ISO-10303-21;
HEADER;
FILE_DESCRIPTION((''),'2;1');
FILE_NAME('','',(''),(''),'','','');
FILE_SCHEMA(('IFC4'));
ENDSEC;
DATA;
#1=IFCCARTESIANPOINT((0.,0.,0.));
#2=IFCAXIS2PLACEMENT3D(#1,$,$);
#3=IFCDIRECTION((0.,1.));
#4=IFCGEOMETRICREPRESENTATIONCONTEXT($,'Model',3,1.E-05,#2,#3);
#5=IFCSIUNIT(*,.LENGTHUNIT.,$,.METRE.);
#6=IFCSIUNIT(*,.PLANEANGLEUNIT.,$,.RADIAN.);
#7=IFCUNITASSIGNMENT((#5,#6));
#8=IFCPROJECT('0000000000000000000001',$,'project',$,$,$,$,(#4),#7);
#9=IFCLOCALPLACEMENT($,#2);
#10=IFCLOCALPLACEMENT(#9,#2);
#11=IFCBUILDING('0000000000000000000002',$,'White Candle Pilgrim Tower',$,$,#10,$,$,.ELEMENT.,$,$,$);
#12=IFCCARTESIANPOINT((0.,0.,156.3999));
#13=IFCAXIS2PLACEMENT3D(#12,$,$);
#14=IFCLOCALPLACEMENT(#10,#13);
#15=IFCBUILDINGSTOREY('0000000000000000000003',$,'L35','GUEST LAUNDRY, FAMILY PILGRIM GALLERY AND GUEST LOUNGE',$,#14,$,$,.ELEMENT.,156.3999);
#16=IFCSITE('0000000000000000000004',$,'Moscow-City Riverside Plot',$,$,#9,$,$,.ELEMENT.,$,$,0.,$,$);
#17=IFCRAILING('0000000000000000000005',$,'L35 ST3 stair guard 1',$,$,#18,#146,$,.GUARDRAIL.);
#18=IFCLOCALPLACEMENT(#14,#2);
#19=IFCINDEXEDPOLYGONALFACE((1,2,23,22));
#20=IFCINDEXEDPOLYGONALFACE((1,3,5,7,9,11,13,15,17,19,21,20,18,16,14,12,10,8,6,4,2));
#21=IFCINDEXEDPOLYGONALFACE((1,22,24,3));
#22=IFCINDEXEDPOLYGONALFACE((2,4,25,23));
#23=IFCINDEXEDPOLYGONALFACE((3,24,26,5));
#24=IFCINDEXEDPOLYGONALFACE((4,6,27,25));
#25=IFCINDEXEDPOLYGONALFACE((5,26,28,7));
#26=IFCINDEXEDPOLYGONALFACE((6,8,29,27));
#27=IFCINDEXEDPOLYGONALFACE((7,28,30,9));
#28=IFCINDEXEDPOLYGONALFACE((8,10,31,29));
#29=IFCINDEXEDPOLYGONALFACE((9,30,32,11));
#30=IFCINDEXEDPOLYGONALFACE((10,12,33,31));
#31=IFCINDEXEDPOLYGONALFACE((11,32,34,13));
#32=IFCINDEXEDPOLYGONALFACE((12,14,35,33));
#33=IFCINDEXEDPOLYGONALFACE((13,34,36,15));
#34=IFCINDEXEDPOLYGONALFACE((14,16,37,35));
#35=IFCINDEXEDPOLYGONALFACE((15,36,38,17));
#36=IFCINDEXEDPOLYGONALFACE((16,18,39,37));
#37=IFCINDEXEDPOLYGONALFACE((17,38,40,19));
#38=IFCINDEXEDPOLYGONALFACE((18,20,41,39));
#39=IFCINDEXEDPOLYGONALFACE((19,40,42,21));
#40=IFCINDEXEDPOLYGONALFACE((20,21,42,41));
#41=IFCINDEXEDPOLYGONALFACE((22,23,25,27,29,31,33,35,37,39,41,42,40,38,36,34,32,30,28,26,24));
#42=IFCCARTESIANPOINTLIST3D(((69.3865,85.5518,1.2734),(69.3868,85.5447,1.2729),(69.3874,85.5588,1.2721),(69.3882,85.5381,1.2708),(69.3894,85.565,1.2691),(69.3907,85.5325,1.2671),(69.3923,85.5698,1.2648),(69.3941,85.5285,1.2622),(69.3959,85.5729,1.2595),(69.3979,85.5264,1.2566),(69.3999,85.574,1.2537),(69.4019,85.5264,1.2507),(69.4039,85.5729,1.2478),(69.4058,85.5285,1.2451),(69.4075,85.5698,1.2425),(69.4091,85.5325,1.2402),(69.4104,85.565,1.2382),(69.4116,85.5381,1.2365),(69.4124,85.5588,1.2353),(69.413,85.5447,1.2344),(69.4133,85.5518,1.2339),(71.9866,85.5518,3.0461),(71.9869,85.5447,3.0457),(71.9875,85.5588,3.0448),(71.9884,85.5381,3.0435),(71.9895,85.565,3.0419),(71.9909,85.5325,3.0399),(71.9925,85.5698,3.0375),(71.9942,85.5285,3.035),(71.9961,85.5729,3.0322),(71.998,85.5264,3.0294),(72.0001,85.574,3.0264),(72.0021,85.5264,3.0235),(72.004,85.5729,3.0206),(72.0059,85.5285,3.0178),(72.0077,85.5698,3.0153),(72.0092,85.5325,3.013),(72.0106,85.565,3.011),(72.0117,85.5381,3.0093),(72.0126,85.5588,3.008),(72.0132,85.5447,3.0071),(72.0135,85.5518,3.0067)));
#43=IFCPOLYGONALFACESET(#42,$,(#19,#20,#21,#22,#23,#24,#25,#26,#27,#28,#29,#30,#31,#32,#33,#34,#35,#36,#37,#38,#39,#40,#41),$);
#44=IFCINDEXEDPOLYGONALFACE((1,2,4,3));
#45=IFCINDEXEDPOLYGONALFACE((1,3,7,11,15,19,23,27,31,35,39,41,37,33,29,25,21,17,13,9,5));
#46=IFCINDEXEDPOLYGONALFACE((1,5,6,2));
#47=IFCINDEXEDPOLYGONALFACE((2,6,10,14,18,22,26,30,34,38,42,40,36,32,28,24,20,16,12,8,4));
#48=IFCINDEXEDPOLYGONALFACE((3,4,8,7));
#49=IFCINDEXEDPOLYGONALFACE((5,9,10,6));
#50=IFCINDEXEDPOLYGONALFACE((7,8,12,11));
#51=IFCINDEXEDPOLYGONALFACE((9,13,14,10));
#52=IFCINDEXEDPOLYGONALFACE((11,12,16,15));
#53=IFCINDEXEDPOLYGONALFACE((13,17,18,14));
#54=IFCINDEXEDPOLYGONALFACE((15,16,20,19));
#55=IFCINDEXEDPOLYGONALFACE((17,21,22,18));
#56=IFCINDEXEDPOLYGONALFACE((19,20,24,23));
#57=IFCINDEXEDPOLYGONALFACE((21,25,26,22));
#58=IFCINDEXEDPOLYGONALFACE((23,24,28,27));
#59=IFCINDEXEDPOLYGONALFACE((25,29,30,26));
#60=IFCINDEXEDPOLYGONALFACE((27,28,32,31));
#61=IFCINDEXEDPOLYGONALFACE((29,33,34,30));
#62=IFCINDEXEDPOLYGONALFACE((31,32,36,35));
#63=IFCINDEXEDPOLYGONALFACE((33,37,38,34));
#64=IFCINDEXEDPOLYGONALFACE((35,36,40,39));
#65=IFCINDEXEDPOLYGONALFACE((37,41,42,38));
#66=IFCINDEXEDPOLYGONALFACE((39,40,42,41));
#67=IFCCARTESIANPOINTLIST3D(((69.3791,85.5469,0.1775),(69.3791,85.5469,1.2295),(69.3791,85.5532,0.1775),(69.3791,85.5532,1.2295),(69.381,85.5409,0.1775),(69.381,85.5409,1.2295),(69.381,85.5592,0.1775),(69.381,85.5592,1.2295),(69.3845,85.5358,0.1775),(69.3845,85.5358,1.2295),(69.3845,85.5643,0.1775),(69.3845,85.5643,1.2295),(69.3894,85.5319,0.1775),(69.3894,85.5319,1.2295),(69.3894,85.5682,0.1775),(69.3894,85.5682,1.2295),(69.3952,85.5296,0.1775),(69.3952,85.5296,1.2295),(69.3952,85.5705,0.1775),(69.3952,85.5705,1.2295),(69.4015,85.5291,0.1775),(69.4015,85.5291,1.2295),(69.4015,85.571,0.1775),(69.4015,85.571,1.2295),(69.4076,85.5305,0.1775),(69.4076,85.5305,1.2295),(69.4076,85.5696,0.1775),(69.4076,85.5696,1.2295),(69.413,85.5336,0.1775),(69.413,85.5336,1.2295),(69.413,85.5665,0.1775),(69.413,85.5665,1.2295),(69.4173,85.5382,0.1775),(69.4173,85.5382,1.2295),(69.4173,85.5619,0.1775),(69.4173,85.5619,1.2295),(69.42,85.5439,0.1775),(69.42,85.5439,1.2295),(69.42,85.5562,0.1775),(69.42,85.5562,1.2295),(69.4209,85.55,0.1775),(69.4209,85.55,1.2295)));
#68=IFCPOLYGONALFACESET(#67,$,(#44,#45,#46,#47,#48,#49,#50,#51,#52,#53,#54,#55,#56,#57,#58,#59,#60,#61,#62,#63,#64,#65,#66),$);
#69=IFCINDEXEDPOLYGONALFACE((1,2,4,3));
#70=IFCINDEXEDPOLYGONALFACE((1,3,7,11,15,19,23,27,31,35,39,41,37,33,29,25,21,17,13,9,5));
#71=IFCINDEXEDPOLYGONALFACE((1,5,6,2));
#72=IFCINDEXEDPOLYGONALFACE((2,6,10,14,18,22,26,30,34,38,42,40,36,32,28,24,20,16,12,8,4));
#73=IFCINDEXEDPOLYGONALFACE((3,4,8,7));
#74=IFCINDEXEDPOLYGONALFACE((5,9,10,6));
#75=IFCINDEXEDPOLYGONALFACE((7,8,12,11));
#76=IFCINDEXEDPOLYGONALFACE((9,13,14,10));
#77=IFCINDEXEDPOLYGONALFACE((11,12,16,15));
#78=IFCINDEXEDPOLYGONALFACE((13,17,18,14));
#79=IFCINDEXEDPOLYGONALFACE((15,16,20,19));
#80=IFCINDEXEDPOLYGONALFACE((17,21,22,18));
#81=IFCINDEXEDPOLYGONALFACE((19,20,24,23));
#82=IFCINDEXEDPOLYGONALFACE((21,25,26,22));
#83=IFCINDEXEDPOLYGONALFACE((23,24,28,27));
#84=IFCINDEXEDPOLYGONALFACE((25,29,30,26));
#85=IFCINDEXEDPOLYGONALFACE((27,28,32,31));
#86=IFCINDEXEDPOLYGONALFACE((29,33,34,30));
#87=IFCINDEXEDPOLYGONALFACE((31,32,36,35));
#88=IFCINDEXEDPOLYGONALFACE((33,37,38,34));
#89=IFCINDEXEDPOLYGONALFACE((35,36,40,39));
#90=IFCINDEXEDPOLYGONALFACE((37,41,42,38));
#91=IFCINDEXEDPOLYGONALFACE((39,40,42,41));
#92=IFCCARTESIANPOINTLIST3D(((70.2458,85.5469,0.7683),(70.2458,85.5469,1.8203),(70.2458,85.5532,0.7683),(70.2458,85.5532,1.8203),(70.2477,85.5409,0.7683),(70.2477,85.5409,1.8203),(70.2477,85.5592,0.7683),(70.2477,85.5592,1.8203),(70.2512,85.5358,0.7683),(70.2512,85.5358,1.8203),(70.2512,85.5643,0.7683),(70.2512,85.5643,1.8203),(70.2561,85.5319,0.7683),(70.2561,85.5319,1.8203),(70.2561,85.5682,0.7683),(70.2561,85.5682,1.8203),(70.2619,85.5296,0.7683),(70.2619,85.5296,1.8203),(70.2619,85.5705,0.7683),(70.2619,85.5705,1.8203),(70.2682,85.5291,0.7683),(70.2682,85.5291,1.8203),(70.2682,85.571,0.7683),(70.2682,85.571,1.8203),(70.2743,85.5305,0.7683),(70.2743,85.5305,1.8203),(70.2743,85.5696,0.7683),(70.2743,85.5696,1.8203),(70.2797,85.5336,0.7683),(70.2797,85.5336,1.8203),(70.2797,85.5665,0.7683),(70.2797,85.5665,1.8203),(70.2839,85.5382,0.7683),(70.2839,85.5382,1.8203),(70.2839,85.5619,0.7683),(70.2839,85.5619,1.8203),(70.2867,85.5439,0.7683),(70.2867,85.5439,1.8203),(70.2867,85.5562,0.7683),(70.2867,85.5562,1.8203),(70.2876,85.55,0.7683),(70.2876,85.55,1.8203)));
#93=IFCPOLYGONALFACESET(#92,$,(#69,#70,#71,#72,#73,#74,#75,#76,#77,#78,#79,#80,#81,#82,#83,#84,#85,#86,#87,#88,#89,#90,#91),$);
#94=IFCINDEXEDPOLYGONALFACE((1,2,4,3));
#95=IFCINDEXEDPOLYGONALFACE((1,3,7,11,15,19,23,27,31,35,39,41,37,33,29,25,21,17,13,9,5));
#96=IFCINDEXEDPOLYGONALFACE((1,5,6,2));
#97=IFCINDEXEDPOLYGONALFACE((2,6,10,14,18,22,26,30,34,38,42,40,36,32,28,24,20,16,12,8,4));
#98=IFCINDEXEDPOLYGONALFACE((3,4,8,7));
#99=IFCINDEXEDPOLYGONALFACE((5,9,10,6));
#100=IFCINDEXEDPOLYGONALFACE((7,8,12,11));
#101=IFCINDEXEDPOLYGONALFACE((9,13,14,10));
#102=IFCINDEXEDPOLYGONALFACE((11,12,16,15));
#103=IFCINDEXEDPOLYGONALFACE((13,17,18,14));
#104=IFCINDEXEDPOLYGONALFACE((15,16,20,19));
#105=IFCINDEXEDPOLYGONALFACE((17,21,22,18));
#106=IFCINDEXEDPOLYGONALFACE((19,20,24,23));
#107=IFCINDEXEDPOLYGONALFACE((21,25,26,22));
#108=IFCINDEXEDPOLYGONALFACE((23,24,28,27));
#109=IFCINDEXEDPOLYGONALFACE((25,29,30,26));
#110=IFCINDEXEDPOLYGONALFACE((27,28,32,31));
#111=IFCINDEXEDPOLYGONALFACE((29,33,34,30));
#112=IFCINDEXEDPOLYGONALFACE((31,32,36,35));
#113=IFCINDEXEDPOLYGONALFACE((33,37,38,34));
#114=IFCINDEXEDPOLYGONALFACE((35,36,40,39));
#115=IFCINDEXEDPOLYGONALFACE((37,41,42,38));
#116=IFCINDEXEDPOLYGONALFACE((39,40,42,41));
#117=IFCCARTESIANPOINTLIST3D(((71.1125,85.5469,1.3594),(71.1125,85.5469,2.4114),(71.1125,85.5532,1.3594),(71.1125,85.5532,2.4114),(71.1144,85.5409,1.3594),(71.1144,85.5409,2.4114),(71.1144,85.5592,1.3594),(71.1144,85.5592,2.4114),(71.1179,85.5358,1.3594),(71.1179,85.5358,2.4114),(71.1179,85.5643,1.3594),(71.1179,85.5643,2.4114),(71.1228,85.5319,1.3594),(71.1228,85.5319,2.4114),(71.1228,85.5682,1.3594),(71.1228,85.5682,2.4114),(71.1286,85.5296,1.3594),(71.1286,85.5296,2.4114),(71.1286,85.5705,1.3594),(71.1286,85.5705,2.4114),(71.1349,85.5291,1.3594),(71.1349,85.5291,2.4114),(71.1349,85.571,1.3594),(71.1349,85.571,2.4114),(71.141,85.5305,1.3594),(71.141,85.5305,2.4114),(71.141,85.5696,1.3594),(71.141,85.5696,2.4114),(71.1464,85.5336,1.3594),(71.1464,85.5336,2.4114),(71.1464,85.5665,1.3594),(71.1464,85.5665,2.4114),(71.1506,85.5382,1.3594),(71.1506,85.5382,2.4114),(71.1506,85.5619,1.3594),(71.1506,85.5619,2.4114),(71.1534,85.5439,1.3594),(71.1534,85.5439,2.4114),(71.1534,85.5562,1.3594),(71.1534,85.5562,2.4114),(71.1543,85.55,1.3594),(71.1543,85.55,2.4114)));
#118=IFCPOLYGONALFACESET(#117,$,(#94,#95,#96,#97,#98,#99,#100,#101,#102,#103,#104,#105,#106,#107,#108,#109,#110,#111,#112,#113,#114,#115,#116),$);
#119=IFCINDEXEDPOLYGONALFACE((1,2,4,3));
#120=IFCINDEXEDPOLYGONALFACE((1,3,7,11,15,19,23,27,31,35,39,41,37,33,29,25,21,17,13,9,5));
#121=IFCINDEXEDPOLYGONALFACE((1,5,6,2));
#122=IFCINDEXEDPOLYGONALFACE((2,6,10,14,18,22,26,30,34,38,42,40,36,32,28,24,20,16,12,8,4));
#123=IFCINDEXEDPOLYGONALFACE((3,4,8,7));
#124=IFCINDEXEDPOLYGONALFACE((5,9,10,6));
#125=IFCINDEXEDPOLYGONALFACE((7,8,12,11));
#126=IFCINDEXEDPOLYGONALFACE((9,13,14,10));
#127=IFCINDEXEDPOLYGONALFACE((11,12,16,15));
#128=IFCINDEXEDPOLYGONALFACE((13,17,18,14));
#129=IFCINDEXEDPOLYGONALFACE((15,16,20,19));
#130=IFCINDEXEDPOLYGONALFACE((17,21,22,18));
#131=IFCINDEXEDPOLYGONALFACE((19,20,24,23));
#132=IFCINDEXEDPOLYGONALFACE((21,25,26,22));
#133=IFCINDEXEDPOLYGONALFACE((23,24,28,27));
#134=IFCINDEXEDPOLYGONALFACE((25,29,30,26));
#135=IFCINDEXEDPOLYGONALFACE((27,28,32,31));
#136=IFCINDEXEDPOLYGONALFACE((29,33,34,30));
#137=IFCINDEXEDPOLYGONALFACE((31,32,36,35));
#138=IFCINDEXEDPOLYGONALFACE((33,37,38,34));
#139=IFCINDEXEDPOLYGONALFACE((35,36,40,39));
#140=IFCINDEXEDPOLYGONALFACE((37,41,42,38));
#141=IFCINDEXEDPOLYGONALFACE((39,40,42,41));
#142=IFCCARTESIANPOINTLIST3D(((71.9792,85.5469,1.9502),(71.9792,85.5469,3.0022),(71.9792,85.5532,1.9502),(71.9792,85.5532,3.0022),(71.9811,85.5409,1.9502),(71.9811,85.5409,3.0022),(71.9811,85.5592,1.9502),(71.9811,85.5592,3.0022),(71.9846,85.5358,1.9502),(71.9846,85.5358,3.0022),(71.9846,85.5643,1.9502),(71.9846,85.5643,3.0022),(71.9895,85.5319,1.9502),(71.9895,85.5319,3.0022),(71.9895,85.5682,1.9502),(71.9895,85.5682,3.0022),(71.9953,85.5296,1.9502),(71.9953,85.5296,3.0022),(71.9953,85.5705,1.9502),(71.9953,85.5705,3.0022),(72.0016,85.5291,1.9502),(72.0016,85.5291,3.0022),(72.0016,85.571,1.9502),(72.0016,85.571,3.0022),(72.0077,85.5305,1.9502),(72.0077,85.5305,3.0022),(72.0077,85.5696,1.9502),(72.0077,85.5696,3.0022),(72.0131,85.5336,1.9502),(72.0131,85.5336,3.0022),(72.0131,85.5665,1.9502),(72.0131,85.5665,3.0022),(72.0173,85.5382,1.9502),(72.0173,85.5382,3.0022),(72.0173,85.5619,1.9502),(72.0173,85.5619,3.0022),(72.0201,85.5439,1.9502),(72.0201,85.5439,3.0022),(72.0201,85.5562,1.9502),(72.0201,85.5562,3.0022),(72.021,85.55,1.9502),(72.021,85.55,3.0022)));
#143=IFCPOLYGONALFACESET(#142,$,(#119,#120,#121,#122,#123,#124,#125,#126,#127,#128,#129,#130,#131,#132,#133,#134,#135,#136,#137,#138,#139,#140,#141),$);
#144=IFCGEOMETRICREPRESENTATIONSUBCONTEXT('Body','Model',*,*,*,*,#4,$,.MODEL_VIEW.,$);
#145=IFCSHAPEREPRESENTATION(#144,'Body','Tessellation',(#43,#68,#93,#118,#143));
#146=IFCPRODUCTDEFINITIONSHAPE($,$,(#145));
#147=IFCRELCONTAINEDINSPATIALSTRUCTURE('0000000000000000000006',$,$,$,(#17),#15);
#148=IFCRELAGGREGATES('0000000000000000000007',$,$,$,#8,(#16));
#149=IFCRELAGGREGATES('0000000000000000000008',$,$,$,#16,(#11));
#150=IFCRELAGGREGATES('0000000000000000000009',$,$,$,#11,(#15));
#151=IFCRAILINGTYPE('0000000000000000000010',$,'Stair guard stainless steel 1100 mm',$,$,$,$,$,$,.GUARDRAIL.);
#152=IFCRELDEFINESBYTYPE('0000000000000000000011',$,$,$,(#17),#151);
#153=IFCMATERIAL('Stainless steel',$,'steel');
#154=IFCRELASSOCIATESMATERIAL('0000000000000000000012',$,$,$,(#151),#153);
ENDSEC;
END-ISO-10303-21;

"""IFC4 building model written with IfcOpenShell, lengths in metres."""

from ifc_helpers import new_model, si_unit, direction, frame, origin, origin_2d, place, context, subcontext, project, spatial, circle, extrude, material, type_object, element, save


model = new_model("IFC4")

# Units and contexts
model_context = context("Model", 3, precision=1e-05, world=origin(), true_north=direction((0.0, 1.0)))
body_context = subcontext(model_context, "Body", "Model", "MODEL_VIEW")
ifc_project = project(units=[si_unit("LENGTHUNIT", "METRE"), si_unit("PLANEANGLEUNIT", "RADIAN")], contexts=[model_context])

# Site, building, storey
site_placement = place(None, origin())
site = spatial("IfcSite", under=ifc_project, at=site_placement, Name="Moscow-City Riverside Plot", CompositionType="ELEMENT", RefElevation=0.0)
building_placement = place(site_placement, origin())
building = spatial("IfcBuilding", under=site, at=building_placement, Name="White Candle Pilgrim Tower", CompositionType="ELEMENT")
storey_placement = place(building_placement, frame((0.0, 0.0, 156.3999)))
storey = spatial("IfcBuildingStorey", under=building, at=storey_placement, Name="L35", Description="GUEST LAUNDRY, FAMILY PILGRIM GALLERY AND GUEST LOUNGE", CompositionType="ELEMENT", Elevation=156.3999)

# Shared definitions
ifc_material_1 = material(Name="Stainless steel", Category="steel")

# Railing
railing_type_1 = type_object("IfcRailingType", Name="Stair guard stainless steel 1100 mm", PredefinedType="GUARDRAIL", material=ifc_material_1)
railing_1_placement = place(storey_placement, frame((69.3999, 85.55, 0.1775)))
element("IfcRailing", 1, at=railing_1_placement, inside=storey, type_object=railing_type_1, Name="L35 ST3 stair guard 1", PredefinedType="GUARDRAIL", context=body_context, shape_type="SweptSolid", body=[
    extrude(circle(Radius=0.0239, at=origin_2d()), frame((0.0, 0.0, 1.0762), z_axis=(0.82624, 0.0, 0.563318), x_axis=(0.0, 1.0, 0.0)), (0.0, 0.0, 1.0), 3.147),
    extrude(circle(Radius=0.021, at=origin_2d()), origin(), (0.0, 0.0, 1.0), 1.052),
    extrude(circle(Radius=0.021, at=origin_2d()), frame((0.8667, 0.0, 0.5908)), (0.0, 0.0, 1.0), 1.052),
    extrude(circle(Radius=0.021, at=origin_2d()), frame((1.7334, 0.0, 1.1819)), (0.0, 0.0, 1.0), 1.052),
    extrude(circle(Radius=0.021, at=origin_2d()), frame((2.6001, 0.0, 1.7727)), (0.0, 0.0, 1.0), 1.052),
])

save(model, "model.ifc")
